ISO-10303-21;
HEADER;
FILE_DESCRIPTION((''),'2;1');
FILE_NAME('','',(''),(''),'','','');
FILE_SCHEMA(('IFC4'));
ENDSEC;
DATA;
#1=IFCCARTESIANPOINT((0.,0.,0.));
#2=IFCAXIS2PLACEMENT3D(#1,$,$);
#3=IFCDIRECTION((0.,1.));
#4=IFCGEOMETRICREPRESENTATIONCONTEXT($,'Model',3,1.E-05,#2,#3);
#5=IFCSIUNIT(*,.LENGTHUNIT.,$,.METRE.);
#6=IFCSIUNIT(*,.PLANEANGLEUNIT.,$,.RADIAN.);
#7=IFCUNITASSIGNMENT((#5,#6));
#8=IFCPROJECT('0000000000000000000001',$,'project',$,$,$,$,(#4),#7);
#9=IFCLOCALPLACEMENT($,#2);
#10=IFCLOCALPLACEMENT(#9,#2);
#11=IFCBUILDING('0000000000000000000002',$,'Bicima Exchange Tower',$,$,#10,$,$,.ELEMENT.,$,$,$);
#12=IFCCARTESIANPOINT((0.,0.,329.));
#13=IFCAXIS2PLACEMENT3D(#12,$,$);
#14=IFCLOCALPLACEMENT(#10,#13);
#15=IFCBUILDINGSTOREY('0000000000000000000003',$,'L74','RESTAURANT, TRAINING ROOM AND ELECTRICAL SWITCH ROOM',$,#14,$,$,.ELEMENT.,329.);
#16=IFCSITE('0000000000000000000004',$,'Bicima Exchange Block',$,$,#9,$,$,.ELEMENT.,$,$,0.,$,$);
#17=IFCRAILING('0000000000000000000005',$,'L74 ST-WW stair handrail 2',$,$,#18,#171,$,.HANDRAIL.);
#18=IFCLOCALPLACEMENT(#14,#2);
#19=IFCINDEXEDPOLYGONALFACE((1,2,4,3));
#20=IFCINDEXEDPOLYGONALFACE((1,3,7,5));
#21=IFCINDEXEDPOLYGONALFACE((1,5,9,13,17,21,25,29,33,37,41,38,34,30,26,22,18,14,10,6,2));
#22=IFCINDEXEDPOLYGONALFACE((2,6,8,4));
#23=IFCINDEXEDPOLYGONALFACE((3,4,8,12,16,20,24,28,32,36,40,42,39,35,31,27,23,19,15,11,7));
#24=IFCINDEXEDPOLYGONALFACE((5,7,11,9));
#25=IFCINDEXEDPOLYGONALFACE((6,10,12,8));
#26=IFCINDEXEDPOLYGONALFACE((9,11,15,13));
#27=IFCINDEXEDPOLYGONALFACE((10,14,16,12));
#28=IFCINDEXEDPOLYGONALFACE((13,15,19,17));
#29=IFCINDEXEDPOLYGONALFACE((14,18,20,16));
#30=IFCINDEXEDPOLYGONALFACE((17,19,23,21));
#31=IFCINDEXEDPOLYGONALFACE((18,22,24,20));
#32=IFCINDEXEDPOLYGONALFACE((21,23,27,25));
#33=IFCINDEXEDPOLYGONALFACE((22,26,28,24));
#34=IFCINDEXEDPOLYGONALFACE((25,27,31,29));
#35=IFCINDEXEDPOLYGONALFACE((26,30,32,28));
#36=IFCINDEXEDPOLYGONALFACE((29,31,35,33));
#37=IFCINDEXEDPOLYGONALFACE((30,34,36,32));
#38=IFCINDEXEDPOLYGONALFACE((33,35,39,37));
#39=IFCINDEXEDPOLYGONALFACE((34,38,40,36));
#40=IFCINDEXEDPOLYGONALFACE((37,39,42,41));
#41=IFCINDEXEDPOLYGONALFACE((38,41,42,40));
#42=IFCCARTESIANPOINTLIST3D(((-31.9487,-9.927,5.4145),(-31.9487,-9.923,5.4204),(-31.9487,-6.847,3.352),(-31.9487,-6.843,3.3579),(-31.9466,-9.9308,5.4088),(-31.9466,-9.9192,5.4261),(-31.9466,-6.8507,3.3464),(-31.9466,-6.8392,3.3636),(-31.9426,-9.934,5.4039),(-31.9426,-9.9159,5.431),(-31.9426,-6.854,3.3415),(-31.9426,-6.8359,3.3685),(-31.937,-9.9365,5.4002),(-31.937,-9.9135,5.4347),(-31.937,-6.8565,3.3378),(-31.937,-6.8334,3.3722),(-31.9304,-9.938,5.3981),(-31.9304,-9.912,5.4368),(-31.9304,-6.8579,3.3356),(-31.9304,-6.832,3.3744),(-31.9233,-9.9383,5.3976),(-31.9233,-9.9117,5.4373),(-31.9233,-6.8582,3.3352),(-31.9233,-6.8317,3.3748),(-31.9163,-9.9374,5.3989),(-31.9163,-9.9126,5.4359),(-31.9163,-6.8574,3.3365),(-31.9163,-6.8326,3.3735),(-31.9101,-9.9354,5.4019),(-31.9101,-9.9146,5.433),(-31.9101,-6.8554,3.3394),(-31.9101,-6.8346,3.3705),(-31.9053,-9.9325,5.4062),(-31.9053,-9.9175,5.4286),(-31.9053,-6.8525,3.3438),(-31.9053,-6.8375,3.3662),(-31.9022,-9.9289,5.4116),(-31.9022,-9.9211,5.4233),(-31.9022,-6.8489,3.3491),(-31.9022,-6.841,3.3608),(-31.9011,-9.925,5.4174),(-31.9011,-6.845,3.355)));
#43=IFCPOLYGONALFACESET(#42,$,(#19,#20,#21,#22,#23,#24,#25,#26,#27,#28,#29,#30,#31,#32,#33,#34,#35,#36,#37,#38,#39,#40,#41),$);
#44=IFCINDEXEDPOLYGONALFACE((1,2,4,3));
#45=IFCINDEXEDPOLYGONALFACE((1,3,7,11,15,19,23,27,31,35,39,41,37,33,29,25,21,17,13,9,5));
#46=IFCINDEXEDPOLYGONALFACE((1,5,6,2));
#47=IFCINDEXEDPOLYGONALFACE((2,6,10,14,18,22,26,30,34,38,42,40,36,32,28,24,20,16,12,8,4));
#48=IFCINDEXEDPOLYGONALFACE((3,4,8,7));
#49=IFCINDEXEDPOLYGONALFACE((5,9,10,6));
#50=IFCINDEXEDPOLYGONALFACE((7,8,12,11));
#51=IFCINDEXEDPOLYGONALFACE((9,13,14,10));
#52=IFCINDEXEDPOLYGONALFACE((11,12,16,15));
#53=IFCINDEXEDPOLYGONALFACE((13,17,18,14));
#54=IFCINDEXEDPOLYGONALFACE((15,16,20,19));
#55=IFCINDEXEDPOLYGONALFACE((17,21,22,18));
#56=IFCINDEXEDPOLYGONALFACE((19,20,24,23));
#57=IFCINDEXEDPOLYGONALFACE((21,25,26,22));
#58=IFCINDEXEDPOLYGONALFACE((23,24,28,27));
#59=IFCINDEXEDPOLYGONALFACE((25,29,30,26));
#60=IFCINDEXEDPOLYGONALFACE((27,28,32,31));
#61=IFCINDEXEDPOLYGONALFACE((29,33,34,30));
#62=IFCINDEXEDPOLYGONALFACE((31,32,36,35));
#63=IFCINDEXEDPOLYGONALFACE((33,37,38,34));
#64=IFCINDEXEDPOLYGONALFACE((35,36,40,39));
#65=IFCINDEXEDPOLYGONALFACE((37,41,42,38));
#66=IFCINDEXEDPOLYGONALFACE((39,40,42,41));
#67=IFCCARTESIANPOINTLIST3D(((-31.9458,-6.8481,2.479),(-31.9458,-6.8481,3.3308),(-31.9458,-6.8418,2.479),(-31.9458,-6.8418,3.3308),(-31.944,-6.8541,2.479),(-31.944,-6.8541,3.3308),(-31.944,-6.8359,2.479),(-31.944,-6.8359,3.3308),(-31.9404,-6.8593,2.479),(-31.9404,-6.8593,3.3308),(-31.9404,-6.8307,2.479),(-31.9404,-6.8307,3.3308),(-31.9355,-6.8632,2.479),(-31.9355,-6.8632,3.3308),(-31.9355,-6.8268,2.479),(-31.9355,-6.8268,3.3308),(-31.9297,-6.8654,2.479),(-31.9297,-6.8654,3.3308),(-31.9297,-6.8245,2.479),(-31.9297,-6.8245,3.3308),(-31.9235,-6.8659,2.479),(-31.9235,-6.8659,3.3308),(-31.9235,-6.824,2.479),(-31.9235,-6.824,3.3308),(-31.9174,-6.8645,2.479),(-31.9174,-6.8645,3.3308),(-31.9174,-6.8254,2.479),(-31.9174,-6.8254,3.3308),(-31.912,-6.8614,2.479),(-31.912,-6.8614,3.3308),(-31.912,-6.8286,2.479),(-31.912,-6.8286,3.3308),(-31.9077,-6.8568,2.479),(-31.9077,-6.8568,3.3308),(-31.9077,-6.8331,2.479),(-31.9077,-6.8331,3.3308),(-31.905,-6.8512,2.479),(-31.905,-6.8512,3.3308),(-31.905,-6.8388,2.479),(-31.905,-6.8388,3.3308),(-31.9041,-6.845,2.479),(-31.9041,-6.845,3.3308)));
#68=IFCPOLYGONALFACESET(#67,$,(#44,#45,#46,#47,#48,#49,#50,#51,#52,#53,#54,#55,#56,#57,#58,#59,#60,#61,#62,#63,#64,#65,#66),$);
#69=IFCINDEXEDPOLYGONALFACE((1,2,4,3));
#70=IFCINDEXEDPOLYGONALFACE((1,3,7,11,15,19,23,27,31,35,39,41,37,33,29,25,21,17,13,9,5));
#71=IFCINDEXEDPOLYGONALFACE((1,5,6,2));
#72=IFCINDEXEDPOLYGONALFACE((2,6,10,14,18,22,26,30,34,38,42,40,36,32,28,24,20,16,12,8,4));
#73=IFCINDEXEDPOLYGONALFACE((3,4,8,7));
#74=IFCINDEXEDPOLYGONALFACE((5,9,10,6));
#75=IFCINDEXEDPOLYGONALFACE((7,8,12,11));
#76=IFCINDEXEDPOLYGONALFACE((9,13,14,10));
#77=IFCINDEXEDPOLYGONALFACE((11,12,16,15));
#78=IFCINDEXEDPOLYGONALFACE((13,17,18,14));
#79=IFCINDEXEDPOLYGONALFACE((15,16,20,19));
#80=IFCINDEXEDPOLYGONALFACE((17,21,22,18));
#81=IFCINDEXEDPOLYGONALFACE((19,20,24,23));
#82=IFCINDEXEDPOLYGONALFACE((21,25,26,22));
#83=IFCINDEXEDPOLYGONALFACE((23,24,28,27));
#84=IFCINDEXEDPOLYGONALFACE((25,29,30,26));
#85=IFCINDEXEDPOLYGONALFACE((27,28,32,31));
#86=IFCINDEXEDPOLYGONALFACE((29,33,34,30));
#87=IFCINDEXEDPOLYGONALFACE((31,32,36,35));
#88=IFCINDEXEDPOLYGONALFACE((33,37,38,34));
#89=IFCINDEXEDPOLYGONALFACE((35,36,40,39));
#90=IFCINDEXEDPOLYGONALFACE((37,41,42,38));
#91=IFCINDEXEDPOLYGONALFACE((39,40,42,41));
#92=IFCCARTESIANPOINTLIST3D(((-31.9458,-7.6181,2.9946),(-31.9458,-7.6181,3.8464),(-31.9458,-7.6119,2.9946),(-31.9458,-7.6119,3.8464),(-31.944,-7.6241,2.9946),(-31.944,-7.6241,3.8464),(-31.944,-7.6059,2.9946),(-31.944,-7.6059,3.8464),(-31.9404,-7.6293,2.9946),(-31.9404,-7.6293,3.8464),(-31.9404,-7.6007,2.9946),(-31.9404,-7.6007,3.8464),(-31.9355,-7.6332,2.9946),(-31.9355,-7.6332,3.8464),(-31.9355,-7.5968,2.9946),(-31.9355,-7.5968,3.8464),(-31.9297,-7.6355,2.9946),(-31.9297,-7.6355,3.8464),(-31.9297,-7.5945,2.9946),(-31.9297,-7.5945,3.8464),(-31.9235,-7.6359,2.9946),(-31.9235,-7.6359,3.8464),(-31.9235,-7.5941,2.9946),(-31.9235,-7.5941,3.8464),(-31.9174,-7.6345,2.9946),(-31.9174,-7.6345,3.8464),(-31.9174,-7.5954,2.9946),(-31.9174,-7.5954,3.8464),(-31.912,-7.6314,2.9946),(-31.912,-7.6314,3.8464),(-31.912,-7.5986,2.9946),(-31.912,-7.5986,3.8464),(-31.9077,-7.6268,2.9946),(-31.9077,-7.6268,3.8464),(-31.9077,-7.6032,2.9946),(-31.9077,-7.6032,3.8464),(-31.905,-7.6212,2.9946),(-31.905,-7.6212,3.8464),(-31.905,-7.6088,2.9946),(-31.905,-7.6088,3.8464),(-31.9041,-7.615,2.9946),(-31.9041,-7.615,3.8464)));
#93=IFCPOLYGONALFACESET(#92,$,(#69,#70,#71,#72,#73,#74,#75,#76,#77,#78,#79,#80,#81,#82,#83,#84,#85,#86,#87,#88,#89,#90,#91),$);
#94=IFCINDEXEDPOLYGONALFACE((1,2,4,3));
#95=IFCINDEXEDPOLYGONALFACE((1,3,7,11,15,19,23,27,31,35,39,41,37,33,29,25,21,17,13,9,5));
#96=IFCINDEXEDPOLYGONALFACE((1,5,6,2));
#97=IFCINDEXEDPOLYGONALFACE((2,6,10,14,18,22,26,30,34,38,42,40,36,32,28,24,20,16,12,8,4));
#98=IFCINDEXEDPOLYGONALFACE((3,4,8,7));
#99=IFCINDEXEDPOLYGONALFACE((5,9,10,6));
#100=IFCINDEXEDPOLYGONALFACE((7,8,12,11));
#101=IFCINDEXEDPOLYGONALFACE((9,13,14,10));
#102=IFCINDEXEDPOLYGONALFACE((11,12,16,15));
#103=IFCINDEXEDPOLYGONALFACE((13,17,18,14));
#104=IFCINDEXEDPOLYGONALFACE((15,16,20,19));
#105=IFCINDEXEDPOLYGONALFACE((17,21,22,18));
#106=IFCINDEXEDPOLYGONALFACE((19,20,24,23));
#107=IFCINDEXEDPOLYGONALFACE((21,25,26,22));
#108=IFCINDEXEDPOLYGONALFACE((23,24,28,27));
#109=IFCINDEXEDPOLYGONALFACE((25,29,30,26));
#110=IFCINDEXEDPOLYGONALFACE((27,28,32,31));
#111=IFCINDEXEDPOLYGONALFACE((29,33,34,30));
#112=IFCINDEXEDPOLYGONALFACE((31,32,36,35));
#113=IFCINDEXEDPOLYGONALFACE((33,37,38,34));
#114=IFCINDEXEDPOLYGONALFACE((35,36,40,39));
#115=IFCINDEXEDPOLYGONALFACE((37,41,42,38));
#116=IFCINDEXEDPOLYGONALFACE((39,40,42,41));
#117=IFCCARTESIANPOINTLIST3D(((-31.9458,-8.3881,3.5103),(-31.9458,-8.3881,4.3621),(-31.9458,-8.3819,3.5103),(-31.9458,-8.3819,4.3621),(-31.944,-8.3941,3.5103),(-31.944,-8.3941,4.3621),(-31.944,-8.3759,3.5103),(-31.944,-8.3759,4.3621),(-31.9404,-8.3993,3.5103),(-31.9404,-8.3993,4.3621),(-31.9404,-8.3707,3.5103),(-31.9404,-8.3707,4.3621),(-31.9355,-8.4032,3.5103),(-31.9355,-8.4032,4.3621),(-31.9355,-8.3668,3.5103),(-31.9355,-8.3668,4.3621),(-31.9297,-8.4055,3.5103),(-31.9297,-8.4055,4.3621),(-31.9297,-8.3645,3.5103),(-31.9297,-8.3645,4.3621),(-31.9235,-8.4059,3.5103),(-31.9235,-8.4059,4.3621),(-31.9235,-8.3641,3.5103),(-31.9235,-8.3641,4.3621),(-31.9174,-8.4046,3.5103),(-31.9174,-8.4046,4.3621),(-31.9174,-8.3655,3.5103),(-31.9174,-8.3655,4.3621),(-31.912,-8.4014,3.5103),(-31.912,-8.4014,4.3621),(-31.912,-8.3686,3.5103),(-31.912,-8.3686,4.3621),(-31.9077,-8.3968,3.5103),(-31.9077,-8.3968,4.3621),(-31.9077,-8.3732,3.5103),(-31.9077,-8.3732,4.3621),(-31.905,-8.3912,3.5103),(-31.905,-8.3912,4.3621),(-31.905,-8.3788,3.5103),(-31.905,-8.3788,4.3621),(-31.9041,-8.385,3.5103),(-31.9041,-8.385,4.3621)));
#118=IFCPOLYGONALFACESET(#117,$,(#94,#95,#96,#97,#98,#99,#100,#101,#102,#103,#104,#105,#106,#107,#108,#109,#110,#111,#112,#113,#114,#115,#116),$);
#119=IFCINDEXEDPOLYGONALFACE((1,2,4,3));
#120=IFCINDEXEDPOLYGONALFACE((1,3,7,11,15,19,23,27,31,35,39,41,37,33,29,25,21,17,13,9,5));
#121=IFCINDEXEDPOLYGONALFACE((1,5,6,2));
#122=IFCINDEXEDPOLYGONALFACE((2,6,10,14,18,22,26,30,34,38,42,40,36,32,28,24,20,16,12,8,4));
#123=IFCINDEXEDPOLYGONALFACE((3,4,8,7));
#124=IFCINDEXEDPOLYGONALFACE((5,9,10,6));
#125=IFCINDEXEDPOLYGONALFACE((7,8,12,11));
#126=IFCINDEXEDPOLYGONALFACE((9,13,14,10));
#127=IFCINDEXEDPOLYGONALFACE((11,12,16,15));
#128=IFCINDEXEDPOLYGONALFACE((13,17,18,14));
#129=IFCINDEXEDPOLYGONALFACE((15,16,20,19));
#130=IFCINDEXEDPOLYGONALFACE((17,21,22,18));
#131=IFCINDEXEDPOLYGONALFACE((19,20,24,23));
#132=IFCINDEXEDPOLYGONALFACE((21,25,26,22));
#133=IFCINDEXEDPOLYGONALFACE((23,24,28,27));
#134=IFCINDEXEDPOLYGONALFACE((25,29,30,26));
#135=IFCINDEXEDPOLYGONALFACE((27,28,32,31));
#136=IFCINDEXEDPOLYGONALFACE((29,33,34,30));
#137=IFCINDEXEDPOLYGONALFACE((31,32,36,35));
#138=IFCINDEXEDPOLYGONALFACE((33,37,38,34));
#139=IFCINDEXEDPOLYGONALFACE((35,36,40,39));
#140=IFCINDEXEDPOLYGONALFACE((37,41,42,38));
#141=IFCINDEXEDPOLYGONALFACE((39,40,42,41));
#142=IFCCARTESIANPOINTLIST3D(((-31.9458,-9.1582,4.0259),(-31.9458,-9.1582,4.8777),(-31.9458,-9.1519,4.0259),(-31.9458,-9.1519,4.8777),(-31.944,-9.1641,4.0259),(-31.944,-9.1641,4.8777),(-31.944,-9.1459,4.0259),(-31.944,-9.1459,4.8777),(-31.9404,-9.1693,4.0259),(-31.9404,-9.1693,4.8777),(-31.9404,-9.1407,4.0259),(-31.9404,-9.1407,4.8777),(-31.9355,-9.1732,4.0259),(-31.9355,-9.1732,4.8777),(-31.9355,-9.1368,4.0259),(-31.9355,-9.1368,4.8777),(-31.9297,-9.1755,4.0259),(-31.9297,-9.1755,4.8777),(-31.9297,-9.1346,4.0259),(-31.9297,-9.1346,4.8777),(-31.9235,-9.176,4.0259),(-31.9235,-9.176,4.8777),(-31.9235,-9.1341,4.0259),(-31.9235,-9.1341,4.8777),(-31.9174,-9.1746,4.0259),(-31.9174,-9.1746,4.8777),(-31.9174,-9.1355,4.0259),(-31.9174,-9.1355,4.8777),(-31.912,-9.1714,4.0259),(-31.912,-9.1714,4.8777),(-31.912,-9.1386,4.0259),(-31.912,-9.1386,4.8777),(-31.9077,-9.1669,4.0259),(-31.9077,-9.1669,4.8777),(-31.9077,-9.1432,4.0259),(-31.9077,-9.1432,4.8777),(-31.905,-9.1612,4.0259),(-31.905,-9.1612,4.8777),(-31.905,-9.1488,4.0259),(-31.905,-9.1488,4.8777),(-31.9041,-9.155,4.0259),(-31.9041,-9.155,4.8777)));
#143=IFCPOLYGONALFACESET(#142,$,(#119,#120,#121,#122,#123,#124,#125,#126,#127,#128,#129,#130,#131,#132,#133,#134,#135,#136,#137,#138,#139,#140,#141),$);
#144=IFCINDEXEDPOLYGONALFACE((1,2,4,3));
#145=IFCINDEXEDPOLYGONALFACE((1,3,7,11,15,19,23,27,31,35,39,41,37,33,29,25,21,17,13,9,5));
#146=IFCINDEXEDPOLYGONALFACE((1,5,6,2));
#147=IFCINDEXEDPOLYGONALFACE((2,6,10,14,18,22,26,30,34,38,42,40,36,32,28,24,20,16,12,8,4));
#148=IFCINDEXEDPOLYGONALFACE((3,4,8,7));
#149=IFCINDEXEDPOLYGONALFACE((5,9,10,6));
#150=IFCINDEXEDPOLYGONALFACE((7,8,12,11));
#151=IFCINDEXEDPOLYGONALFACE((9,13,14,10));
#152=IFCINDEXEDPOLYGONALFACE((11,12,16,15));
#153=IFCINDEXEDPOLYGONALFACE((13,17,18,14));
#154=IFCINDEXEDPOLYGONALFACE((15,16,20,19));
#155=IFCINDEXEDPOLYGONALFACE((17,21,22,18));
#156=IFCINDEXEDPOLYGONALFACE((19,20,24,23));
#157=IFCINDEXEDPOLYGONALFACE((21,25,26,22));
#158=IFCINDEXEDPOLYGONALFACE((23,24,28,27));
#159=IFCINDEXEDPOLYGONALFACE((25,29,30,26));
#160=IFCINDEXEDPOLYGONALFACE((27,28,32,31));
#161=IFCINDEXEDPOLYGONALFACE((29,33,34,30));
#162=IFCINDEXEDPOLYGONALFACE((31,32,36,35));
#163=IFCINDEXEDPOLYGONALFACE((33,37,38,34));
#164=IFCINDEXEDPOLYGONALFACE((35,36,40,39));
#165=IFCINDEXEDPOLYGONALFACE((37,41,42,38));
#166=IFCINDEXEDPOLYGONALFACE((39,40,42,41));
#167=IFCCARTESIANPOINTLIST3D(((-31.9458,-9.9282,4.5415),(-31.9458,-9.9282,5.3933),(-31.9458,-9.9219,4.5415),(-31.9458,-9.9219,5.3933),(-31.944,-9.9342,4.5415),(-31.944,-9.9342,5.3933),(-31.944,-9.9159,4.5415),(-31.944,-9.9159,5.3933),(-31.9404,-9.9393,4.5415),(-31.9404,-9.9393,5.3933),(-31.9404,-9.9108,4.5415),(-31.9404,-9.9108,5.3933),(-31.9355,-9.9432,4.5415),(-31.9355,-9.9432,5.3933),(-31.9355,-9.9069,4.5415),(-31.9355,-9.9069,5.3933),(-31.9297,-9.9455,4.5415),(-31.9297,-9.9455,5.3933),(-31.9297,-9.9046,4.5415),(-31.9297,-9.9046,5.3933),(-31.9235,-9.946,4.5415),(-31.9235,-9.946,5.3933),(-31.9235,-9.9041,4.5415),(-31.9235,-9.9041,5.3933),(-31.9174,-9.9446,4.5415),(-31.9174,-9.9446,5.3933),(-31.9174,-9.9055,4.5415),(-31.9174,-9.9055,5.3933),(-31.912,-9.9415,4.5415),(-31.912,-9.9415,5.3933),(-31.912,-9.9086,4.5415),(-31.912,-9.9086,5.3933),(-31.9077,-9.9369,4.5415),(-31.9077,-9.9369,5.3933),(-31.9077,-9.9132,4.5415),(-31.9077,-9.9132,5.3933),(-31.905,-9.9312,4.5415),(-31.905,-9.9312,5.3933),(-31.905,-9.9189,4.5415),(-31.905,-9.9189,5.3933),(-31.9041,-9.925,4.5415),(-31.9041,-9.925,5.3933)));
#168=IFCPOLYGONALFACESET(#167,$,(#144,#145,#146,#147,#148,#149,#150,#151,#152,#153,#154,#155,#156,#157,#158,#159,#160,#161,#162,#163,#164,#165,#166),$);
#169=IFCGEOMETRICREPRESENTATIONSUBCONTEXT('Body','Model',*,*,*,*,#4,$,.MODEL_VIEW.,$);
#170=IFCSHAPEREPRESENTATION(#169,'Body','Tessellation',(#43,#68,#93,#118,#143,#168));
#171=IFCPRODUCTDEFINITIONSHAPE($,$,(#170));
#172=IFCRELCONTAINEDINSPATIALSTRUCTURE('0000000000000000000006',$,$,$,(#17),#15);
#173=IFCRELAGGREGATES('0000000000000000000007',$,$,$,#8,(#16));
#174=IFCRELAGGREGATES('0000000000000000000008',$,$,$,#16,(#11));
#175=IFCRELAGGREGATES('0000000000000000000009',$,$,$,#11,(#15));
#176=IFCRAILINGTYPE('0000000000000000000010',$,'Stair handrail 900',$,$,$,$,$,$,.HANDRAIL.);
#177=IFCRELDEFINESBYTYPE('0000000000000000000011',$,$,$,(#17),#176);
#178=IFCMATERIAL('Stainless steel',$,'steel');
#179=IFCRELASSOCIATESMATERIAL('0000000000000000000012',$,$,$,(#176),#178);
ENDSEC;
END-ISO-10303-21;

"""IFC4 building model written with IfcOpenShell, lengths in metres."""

from ifc_helpers import new_model, si_unit, direction, frame, origin, origin_2d, place, context, subcontext, project, spatial, circle, extrude, material, type_object, element, save


model = new_model("IFC4")

# Units and contexts
model_context = context("Model", 3, precision=1e-05, world=origin(), true_north=direction((0.0, 1.0)))
body_context = subcontext(model_context, "Body", "Model", "MODEL_VIEW")
ifc_project = project(units=[si_unit("LENGTHUNIT", "METRE"), si_unit("PLANEANGLEUNIT", "RADIAN")], contexts=[model_context])

# Site, building, storey
site_placement = place(None, origin())
site = spatial("IfcSite", under=ifc_project, at=site_placement, Name="Bicima Exchange Block", CompositionType="ELEMENT", RefElevation=0.0)
building_placement = place(site_placement, origin())
building = spatial("IfcBuilding", under=site, at=building_placement, Name="Bicima Exchange Tower", CompositionType="ELEMENT")
storey_placement = place(building_placement, frame((0.0, 0.0, 329.0)))
storey = spatial("IfcBuildingStorey", under=building, at=storey_placement, Name="L74", Description="RESTAURANT, TRAINING ROOM AND ELECTRICAL SWITCH ROOM", CompositionType="ELEMENT", Elevation=329.0)

# Railing
ifc_material_1 = material(Name="Stainless steel", Category="steel")
railing_type_1 = type_object("IfcRailingType", Name="Stair handrail 900", PredefinedType="HANDRAIL", material=ifc_material_1)
railing_1_placement = place(storey_placement, frame((-31.925, -6.845, 2.479)))
element("IfcRailing", 1, at=railing_1_placement, inside=storey, type_object=railing_type_1, Name="L74 ST-WW stair handrail 2", PredefinedType="HANDRAIL", context=body_context, shape_type="SweptSolid", body=[
    extrude(circle(Radius=0.0239, at=origin_2d()), frame((0.0, 0.0, 0.876), z_axis=(0.0, -0.830914, 0.556401), x_axis=(1.0, 0.0, 0.0)), (0.0, 0.0, 1.0), 3.7068),
    extrude(circle(Radius=0.021, at=origin_2d()), origin(), (0.0, 0.0, 1.0), 0.8518),
    extrude(circle(Radius=0.021, at=origin_2d()), frame((0.0, -0.77, 0.5156)), (0.0, 0.0, 1.0), 0.8518),
    extrude(circle(Radius=0.021, at=origin_2d()), frame((0.0, -1.54, 1.0312)), (0.0, 0.0, 1.0), 0.8518),
    extrude(circle(Radius=0.021, at=origin_2d()), frame((0.0, -2.3101, 1.5469)), (0.0, 0.0, 1.0), 0.8518),
    extrude(circle(Radius=0.021, at=origin_2d()), frame((0.0, -3.0801, 2.0625)), (0.0, 0.0, 1.0), 0.8518),
])

save(model, "model.ifc")
